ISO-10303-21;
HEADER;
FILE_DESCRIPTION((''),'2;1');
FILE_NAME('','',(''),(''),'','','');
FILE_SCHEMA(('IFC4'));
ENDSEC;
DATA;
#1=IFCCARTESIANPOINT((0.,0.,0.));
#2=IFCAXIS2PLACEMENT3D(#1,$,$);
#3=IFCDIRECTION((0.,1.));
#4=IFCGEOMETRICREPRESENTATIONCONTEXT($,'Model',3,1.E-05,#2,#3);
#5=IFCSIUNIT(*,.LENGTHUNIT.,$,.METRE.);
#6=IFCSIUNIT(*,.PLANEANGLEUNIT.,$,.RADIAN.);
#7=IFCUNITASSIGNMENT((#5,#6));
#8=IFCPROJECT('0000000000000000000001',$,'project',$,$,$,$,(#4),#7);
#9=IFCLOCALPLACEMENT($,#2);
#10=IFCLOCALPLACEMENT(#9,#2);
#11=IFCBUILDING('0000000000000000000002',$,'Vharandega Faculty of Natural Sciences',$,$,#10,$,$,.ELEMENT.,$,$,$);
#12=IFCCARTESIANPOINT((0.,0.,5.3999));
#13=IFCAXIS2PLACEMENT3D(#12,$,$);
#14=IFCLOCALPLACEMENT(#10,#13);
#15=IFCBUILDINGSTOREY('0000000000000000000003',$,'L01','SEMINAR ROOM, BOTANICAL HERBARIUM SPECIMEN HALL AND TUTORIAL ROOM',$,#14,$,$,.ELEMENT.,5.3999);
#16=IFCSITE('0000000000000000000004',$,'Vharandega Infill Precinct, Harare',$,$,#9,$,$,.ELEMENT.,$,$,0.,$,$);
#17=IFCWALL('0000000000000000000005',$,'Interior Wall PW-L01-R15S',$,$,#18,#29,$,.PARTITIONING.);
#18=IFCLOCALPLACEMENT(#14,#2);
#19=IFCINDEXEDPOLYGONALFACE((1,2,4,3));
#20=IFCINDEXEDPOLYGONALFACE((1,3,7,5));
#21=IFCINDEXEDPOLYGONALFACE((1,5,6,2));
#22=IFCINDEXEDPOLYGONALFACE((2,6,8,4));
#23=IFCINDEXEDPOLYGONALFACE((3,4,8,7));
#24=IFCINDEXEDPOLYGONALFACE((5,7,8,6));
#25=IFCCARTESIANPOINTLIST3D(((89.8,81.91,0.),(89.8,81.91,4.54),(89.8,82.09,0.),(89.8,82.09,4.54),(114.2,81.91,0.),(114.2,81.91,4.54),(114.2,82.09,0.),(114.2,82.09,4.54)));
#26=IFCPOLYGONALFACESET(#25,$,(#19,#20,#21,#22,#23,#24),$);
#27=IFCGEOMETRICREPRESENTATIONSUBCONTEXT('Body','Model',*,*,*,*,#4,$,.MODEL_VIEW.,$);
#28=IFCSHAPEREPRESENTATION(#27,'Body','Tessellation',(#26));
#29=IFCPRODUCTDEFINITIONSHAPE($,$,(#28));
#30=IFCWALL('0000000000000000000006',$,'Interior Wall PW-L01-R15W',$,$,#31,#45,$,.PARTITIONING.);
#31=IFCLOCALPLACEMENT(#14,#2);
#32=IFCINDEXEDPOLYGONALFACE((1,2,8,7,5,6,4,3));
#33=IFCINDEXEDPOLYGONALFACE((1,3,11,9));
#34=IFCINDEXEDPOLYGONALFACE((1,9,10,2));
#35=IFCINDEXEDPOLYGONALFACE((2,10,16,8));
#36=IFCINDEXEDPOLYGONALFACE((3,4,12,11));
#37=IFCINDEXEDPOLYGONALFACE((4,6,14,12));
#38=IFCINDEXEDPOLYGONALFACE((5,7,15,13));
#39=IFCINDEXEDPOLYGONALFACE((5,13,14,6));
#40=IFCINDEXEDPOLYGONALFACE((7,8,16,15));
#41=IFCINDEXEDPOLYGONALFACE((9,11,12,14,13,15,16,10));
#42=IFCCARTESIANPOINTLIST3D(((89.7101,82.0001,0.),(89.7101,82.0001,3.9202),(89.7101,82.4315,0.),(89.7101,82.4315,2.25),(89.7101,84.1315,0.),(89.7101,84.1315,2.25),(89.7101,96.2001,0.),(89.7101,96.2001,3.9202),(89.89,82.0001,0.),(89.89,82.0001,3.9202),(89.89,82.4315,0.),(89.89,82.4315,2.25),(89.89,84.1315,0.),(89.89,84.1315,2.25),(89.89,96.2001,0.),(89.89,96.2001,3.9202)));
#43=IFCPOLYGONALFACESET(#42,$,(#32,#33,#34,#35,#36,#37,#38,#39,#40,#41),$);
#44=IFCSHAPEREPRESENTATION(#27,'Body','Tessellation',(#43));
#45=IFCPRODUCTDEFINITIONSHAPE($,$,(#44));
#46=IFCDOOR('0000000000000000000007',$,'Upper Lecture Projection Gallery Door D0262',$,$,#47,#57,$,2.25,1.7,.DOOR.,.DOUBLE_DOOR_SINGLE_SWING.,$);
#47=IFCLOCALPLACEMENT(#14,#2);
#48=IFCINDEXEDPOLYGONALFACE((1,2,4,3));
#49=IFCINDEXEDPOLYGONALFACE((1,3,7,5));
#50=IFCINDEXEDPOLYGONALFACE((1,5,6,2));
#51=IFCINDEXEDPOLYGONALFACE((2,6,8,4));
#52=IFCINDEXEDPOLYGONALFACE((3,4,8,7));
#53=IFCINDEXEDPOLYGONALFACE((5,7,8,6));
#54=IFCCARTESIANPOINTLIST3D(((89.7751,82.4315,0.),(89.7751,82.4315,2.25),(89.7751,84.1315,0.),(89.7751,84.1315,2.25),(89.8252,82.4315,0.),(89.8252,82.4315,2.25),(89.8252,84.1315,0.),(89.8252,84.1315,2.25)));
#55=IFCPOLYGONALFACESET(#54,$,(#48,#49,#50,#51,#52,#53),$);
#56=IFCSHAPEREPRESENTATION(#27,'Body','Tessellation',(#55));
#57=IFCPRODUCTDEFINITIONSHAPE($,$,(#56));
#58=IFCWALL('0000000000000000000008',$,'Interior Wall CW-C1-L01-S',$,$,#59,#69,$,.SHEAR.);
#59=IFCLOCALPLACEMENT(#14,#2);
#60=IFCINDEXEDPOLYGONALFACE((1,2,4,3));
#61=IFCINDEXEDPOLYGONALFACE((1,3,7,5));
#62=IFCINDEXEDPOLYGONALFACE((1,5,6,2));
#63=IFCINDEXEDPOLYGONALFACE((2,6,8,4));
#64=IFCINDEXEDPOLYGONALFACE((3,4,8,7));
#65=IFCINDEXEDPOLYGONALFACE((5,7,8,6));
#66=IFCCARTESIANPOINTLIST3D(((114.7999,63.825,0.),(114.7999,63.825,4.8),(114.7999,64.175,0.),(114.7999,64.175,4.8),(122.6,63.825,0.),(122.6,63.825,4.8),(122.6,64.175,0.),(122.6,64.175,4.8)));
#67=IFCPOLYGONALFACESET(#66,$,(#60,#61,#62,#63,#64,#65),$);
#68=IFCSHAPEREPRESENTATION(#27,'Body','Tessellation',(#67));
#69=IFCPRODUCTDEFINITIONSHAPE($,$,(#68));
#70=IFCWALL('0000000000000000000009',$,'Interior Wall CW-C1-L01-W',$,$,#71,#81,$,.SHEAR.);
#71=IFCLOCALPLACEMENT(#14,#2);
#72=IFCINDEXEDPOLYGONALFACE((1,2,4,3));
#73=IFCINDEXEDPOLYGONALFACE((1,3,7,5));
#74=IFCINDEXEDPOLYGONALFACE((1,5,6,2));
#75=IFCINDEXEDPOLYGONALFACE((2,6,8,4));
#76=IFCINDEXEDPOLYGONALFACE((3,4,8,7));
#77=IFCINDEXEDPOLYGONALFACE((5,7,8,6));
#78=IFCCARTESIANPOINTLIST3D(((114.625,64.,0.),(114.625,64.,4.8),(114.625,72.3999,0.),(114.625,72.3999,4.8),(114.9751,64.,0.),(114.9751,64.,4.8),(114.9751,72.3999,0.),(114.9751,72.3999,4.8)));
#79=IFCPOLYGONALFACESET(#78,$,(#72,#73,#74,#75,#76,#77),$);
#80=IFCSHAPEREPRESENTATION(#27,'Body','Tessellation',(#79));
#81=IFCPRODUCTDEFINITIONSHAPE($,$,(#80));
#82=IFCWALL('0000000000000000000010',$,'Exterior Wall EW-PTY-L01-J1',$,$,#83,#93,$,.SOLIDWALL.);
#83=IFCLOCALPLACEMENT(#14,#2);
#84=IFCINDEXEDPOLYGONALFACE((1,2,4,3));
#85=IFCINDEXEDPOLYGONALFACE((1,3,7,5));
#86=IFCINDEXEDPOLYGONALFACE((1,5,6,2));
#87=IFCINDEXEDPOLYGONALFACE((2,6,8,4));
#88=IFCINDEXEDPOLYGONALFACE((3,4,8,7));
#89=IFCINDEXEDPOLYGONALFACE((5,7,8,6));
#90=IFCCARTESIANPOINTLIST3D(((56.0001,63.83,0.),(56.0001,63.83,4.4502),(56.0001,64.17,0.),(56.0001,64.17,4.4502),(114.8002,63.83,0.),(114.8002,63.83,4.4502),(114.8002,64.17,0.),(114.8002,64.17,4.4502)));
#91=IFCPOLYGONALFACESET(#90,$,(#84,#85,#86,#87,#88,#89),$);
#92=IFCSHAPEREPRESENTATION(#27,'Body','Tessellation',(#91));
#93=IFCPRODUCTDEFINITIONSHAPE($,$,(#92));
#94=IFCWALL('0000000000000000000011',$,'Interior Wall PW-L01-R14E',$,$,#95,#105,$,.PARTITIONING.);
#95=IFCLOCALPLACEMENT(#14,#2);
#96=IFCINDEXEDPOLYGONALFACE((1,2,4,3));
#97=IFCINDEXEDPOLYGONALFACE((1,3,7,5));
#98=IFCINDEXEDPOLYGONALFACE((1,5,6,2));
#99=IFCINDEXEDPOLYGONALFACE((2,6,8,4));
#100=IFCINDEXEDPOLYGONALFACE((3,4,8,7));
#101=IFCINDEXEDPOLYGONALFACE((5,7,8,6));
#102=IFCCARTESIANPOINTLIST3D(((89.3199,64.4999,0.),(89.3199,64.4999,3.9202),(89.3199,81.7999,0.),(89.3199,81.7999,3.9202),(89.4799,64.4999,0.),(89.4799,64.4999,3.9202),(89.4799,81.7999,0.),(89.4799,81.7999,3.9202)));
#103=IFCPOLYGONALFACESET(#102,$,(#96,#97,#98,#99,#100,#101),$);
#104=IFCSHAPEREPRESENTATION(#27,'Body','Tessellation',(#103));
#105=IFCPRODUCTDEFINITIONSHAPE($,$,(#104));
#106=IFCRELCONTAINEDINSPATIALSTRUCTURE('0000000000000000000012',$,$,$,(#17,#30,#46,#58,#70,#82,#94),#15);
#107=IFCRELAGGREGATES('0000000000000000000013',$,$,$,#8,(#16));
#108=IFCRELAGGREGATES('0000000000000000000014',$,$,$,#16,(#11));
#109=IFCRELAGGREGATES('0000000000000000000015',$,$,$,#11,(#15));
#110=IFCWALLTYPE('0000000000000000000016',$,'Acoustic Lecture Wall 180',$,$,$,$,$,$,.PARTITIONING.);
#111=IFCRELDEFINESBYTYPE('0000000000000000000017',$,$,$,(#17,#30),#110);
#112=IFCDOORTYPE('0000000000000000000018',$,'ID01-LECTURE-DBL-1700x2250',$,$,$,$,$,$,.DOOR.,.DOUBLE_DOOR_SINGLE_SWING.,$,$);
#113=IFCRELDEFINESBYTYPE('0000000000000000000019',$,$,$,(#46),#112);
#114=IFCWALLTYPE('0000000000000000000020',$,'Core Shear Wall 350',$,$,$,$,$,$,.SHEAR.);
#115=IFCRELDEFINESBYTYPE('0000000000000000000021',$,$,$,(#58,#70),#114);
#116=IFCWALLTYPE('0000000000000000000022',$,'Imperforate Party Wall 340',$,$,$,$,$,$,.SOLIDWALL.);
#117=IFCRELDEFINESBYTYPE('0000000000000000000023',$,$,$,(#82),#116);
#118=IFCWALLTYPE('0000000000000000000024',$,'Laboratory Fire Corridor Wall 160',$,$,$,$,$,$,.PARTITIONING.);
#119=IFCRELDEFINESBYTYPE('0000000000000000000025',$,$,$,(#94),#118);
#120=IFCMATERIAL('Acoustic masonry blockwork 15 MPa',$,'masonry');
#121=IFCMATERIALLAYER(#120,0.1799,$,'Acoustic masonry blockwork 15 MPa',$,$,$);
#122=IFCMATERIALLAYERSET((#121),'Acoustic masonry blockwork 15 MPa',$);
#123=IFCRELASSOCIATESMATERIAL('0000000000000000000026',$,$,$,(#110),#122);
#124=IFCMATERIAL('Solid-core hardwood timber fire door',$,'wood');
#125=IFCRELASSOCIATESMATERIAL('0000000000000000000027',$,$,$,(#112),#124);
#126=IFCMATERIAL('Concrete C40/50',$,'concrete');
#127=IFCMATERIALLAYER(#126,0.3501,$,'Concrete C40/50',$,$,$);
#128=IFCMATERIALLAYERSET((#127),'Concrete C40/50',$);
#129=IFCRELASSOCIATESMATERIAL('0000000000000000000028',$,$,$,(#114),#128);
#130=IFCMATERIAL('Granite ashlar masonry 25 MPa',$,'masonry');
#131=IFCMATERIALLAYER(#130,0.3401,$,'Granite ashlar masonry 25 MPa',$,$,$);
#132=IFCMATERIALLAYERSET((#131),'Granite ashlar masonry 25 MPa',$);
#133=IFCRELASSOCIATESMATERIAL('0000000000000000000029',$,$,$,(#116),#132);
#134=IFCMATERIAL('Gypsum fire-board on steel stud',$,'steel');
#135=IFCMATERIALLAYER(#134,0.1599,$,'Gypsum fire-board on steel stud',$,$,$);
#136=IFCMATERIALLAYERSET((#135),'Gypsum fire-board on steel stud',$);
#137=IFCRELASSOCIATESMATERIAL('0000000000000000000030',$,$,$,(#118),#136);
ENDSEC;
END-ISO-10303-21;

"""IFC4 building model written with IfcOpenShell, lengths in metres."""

from ifc_helpers import new_model, si_unit, direction, frame, frame_2d, origin, place, context, subcontext, project, spatial, rectangle, extrude, material, layer, layer_set, type_object, element, fill, save


model = new_model("IFC4")

# Units and contexts
model_context = context("Model", 3, precision=1e-05, world=origin(), true_north=direction((0.0, 1.0)))
body_context = subcontext(model_context, "Body", "Model", "MODEL_VIEW")
ifc_project = project(units=[si_unit("LENGTHUNIT", "METRE"), si_unit("PLANEANGLEUNIT", "RADIAN")], contexts=[model_context])

# Site, building, storey
site_placement = place(None, origin())
site = spatial("IfcSite", under=ifc_project, at=site_placement, Name="Vharandega Infill Precinct, Harare", CompositionType="ELEMENT", RefElevation=0.0)
building_placement = place(site_placement, origin())
building = spatial("IfcBuilding", under=site, at=building_placement, Name="Vharandega Faculty of Natural Sciences", CompositionType="ELEMENT")
storey_placement = place(building_placement, frame((0.0, 0.0, 5.3999)))
storey = spatial("IfcBuildingStorey", under=building, at=storey_placement, Name="L01", Description="SEMINAR ROOM, BOTANICAL HERBARIUM SPECIMEN HALL AND TUTORIAL ROOM", CompositionType="ELEMENT", Elevation=5.3999)

# Wall
ifc_material_1 = material(Name="Acoustic masonry blockwork 15 MPa", Category="masonry")
ifc_layer_1 = layer(ifc_material_1, 0.1799, Name="Acoustic masonry blockwork 15 MPa")
ifc_layer_set_1 = layer_set([ifc_layer_1], Name="Acoustic masonry blockwork 15 MPa")
wall_type_1 = type_object("IfcWallType", Name="Acoustic Lecture Wall 180", PredefinedType="PARTITIONING", material=ifc_layer_set_1)
wall_1_placement = place(storey_placement, frame((89.8, 82.0, 0.0), z_axis=(0.0, 0.0, 1.0), x_axis=(1.0, 0.0, 0.0)))
element("IfcWall", 1, at=wall_1_placement, inside=storey, type_object=wall_type_1, Name="Interior Wall PW-L01-R15S", PredefinedType="PARTITIONING", context=body_context, shape_type="SweptSolid", body=[
    extrude(rectangle(XDim=24.3999, YDim=0.1799, at=frame_2d((12.2, 0.0))), origin(), (0.0, 0.0, 1.0), 4.54),
])

# Wall, opening, door
wall_2_placement = place(storey_placement, frame((89.8, 82.0, 0.0), z_axis=(0.0, 0.0, 1.0), x_axis=(0.0, 1.0, 0.0)))
wall_2 = element("IfcWall", 2, at=wall_2_placement, inside=storey, type_object=wall_type_1, Name="Interior Wall PW-L01-R15W", PredefinedType="PARTITIONING", context=body_context, shape_type="SweptSolid", body=[
    extrude(rectangle(XDim=14.2, YDim=0.1799, at=frame_2d((7.1001, 0.0))), origin(), (0.0, 0.0, 1.0), 3.9202),
])
opening_placement = place(wall_2_placement, frame((0.4314, 0.0, 0.0)))
opening = element("IfcOpeningElement", 3, at=opening_placement, cuts=wall_2, PredefinedType="OPENING", context=body_context, shape_type="SweptSolid", body=[
    extrude(rectangle(XDim=1.7, YDim=2.25, at=frame_2d((0.8501, 1.125))), frame((0.0, 0.1001, 0.0), z_axis=(0.0, -1.0, 0.0), x_axis=(1.0, 0.0, 0.0)), (0.0, 0.0, 1.0), 0.2),
])
ifc_material_2 = material(Name="Solid-core hardwood timber fire door", Category="wood")
door_type = type_object("IfcDoorType", Name="ID01-LECTURE-DBL-1700x2250", OperationType="DOUBLE_DOOR_SINGLE_SWING", PredefinedType="DOOR", material=ifc_material_2)
door_placement = place(opening_placement, origin())
door = element("IfcDoor", 4, at=door_placement, inside=storey, type_object=door_type, Name="Upper Lecture Projection Gallery Door D0262", OperationType="DOUBLE_DOOR_SINGLE_SWING", OverallHeight=2.25, OverallWidth=1.7, PredefinedType="DOOR", context=body_context, shape_type="SweptSolid", body=[
    extrude(rectangle(XDim=1.7, YDim=2.25, at=frame_2d((0.8501, 1.125))), frame((0.0, 0.0249, 0.0), z_axis=(0.0, -1.0, 0.0), x_axis=(1.0, 0.0, 0.0)), (0.0, 0.0, 1.0), 0.05),
])
fill(opening, door)

# Walls
ifc_material_3 = material(Name="Concrete C40/50", Category="concrete")
ifc_layer_2 = layer(ifc_material_3, 0.3501, Name="Concrete C40/50")
ifc_layer_set_2 = layer_set([ifc_layer_2], Name="Concrete C40/50")
wall_type_2 = type_object("IfcWallType", Name="Core Shear Wall 350", PredefinedType="SHEAR", material=ifc_layer_set_2)
wall_3_placement = place(storey_placement, frame((114.8, 64.0, 0.0), z_axis=(0.0, 0.0, 1.0), x_axis=(1.0, 0.0, 0.0)))
element("IfcWall", 5, at=wall_3_placement, inside=storey, type_object=wall_type_2, Name="Interior Wall CW-C1-L01-S", PredefinedType="SHEAR", context=body_context, shape_type="SweptSolid", body=[
    extrude(rectangle(XDim=7.8, YDim=0.3501, at=frame_2d((3.8999, 0.0))), origin(), (0.0, 0.0, 1.0), 4.8),
])
wall_4_placement = place(storey_placement, frame((114.8, 64.0, 0.0), z_axis=(0.0, 0.0, 1.0), x_axis=(0.0, 1.0, 0.0)))
element("IfcWall", 6, at=wall_4_placement, inside=storey, type_object=wall_type_2, Name="Interior Wall CW-C1-L01-W", PredefinedType="SHEAR", context=body_context, shape_type="SweptSolid", body=[
    extrude(rectangle(XDim=8.3999, YDim=0.3501, at=frame_2d((4.2, 0.0))), origin(), (0.0, 0.0, 1.0), 4.8),
])
ifc_material_4 = material(Name="Granite ashlar masonry 25 MPa", Category="masonry")
ifc_layer_3 = layer(ifc_material_4, 0.3401, Name="Granite ashlar masonry 25 MPa")
ifc_layer_set_3 = layer_set([ifc_layer_3], Name="Granite ashlar masonry 25 MPa")
wall_type_3 = type_object("IfcWallType", Name="Imperforate Party Wall 340", PredefinedType="SOLIDWALL", material=ifc_layer_set_3)
wall_5_placement = place(storey_placement, frame((114.8, 64.0, 0.0), z_axis=(0.0, 0.0, 1.0), x_axis=(-1.0, 0.0, 0.0)))
element("IfcWall", 7, at=wall_5_placement, inside=storey, type_object=wall_type_3, Name="Exterior Wall EW-PTY-L01-J1", PredefinedType="SOLIDWALL", context=body_context, shape_type="SweptSolid", body=[
    extrude(rectangle(XDim=58.8, YDim=0.3401, at=frame_2d((29.3999, 0.0))), origin(), (0.0, 0.0, 1.0), 4.4502),
])
ifc_material_5 = material(Name="Gypsum fire-board on steel stud", Category="steel")
ifc_layer_4 = layer(ifc_material_5, 0.1599, Name="Gypsum fire-board on steel stud")
ifc_layer_set_4 = layer_set([ifc_layer_4], Name="Gypsum fire-board on steel stud")
wall_type_4 = type_object("IfcWallType", Name="Laboratory Fire Corridor Wall 160", PredefinedType="PARTITIONING", material=ifc_layer_set_4)
wall_6_placement = place(storey_placement, frame((89.3999, 64.5, 0.0), z_axis=(0.0, 0.0, 1.0), x_axis=(0.0, 1.0, 0.0)))
element("IfcWall", 8, at=wall_6_placement, inside=storey, type_object=wall_type_4, Name="Interior Wall PW-L01-R14E", PredefinedType="PARTITIONING", context=body_context, shape_type="SweptSolid", body=[
    extrude(rectangle(XDim=17.3, YDim=0.1599, at=frame_2d((8.6499, 0.0))), origin(), (0.0, 0.0, 1.0), 3.9202),
])

save(model, "model.ifc")
